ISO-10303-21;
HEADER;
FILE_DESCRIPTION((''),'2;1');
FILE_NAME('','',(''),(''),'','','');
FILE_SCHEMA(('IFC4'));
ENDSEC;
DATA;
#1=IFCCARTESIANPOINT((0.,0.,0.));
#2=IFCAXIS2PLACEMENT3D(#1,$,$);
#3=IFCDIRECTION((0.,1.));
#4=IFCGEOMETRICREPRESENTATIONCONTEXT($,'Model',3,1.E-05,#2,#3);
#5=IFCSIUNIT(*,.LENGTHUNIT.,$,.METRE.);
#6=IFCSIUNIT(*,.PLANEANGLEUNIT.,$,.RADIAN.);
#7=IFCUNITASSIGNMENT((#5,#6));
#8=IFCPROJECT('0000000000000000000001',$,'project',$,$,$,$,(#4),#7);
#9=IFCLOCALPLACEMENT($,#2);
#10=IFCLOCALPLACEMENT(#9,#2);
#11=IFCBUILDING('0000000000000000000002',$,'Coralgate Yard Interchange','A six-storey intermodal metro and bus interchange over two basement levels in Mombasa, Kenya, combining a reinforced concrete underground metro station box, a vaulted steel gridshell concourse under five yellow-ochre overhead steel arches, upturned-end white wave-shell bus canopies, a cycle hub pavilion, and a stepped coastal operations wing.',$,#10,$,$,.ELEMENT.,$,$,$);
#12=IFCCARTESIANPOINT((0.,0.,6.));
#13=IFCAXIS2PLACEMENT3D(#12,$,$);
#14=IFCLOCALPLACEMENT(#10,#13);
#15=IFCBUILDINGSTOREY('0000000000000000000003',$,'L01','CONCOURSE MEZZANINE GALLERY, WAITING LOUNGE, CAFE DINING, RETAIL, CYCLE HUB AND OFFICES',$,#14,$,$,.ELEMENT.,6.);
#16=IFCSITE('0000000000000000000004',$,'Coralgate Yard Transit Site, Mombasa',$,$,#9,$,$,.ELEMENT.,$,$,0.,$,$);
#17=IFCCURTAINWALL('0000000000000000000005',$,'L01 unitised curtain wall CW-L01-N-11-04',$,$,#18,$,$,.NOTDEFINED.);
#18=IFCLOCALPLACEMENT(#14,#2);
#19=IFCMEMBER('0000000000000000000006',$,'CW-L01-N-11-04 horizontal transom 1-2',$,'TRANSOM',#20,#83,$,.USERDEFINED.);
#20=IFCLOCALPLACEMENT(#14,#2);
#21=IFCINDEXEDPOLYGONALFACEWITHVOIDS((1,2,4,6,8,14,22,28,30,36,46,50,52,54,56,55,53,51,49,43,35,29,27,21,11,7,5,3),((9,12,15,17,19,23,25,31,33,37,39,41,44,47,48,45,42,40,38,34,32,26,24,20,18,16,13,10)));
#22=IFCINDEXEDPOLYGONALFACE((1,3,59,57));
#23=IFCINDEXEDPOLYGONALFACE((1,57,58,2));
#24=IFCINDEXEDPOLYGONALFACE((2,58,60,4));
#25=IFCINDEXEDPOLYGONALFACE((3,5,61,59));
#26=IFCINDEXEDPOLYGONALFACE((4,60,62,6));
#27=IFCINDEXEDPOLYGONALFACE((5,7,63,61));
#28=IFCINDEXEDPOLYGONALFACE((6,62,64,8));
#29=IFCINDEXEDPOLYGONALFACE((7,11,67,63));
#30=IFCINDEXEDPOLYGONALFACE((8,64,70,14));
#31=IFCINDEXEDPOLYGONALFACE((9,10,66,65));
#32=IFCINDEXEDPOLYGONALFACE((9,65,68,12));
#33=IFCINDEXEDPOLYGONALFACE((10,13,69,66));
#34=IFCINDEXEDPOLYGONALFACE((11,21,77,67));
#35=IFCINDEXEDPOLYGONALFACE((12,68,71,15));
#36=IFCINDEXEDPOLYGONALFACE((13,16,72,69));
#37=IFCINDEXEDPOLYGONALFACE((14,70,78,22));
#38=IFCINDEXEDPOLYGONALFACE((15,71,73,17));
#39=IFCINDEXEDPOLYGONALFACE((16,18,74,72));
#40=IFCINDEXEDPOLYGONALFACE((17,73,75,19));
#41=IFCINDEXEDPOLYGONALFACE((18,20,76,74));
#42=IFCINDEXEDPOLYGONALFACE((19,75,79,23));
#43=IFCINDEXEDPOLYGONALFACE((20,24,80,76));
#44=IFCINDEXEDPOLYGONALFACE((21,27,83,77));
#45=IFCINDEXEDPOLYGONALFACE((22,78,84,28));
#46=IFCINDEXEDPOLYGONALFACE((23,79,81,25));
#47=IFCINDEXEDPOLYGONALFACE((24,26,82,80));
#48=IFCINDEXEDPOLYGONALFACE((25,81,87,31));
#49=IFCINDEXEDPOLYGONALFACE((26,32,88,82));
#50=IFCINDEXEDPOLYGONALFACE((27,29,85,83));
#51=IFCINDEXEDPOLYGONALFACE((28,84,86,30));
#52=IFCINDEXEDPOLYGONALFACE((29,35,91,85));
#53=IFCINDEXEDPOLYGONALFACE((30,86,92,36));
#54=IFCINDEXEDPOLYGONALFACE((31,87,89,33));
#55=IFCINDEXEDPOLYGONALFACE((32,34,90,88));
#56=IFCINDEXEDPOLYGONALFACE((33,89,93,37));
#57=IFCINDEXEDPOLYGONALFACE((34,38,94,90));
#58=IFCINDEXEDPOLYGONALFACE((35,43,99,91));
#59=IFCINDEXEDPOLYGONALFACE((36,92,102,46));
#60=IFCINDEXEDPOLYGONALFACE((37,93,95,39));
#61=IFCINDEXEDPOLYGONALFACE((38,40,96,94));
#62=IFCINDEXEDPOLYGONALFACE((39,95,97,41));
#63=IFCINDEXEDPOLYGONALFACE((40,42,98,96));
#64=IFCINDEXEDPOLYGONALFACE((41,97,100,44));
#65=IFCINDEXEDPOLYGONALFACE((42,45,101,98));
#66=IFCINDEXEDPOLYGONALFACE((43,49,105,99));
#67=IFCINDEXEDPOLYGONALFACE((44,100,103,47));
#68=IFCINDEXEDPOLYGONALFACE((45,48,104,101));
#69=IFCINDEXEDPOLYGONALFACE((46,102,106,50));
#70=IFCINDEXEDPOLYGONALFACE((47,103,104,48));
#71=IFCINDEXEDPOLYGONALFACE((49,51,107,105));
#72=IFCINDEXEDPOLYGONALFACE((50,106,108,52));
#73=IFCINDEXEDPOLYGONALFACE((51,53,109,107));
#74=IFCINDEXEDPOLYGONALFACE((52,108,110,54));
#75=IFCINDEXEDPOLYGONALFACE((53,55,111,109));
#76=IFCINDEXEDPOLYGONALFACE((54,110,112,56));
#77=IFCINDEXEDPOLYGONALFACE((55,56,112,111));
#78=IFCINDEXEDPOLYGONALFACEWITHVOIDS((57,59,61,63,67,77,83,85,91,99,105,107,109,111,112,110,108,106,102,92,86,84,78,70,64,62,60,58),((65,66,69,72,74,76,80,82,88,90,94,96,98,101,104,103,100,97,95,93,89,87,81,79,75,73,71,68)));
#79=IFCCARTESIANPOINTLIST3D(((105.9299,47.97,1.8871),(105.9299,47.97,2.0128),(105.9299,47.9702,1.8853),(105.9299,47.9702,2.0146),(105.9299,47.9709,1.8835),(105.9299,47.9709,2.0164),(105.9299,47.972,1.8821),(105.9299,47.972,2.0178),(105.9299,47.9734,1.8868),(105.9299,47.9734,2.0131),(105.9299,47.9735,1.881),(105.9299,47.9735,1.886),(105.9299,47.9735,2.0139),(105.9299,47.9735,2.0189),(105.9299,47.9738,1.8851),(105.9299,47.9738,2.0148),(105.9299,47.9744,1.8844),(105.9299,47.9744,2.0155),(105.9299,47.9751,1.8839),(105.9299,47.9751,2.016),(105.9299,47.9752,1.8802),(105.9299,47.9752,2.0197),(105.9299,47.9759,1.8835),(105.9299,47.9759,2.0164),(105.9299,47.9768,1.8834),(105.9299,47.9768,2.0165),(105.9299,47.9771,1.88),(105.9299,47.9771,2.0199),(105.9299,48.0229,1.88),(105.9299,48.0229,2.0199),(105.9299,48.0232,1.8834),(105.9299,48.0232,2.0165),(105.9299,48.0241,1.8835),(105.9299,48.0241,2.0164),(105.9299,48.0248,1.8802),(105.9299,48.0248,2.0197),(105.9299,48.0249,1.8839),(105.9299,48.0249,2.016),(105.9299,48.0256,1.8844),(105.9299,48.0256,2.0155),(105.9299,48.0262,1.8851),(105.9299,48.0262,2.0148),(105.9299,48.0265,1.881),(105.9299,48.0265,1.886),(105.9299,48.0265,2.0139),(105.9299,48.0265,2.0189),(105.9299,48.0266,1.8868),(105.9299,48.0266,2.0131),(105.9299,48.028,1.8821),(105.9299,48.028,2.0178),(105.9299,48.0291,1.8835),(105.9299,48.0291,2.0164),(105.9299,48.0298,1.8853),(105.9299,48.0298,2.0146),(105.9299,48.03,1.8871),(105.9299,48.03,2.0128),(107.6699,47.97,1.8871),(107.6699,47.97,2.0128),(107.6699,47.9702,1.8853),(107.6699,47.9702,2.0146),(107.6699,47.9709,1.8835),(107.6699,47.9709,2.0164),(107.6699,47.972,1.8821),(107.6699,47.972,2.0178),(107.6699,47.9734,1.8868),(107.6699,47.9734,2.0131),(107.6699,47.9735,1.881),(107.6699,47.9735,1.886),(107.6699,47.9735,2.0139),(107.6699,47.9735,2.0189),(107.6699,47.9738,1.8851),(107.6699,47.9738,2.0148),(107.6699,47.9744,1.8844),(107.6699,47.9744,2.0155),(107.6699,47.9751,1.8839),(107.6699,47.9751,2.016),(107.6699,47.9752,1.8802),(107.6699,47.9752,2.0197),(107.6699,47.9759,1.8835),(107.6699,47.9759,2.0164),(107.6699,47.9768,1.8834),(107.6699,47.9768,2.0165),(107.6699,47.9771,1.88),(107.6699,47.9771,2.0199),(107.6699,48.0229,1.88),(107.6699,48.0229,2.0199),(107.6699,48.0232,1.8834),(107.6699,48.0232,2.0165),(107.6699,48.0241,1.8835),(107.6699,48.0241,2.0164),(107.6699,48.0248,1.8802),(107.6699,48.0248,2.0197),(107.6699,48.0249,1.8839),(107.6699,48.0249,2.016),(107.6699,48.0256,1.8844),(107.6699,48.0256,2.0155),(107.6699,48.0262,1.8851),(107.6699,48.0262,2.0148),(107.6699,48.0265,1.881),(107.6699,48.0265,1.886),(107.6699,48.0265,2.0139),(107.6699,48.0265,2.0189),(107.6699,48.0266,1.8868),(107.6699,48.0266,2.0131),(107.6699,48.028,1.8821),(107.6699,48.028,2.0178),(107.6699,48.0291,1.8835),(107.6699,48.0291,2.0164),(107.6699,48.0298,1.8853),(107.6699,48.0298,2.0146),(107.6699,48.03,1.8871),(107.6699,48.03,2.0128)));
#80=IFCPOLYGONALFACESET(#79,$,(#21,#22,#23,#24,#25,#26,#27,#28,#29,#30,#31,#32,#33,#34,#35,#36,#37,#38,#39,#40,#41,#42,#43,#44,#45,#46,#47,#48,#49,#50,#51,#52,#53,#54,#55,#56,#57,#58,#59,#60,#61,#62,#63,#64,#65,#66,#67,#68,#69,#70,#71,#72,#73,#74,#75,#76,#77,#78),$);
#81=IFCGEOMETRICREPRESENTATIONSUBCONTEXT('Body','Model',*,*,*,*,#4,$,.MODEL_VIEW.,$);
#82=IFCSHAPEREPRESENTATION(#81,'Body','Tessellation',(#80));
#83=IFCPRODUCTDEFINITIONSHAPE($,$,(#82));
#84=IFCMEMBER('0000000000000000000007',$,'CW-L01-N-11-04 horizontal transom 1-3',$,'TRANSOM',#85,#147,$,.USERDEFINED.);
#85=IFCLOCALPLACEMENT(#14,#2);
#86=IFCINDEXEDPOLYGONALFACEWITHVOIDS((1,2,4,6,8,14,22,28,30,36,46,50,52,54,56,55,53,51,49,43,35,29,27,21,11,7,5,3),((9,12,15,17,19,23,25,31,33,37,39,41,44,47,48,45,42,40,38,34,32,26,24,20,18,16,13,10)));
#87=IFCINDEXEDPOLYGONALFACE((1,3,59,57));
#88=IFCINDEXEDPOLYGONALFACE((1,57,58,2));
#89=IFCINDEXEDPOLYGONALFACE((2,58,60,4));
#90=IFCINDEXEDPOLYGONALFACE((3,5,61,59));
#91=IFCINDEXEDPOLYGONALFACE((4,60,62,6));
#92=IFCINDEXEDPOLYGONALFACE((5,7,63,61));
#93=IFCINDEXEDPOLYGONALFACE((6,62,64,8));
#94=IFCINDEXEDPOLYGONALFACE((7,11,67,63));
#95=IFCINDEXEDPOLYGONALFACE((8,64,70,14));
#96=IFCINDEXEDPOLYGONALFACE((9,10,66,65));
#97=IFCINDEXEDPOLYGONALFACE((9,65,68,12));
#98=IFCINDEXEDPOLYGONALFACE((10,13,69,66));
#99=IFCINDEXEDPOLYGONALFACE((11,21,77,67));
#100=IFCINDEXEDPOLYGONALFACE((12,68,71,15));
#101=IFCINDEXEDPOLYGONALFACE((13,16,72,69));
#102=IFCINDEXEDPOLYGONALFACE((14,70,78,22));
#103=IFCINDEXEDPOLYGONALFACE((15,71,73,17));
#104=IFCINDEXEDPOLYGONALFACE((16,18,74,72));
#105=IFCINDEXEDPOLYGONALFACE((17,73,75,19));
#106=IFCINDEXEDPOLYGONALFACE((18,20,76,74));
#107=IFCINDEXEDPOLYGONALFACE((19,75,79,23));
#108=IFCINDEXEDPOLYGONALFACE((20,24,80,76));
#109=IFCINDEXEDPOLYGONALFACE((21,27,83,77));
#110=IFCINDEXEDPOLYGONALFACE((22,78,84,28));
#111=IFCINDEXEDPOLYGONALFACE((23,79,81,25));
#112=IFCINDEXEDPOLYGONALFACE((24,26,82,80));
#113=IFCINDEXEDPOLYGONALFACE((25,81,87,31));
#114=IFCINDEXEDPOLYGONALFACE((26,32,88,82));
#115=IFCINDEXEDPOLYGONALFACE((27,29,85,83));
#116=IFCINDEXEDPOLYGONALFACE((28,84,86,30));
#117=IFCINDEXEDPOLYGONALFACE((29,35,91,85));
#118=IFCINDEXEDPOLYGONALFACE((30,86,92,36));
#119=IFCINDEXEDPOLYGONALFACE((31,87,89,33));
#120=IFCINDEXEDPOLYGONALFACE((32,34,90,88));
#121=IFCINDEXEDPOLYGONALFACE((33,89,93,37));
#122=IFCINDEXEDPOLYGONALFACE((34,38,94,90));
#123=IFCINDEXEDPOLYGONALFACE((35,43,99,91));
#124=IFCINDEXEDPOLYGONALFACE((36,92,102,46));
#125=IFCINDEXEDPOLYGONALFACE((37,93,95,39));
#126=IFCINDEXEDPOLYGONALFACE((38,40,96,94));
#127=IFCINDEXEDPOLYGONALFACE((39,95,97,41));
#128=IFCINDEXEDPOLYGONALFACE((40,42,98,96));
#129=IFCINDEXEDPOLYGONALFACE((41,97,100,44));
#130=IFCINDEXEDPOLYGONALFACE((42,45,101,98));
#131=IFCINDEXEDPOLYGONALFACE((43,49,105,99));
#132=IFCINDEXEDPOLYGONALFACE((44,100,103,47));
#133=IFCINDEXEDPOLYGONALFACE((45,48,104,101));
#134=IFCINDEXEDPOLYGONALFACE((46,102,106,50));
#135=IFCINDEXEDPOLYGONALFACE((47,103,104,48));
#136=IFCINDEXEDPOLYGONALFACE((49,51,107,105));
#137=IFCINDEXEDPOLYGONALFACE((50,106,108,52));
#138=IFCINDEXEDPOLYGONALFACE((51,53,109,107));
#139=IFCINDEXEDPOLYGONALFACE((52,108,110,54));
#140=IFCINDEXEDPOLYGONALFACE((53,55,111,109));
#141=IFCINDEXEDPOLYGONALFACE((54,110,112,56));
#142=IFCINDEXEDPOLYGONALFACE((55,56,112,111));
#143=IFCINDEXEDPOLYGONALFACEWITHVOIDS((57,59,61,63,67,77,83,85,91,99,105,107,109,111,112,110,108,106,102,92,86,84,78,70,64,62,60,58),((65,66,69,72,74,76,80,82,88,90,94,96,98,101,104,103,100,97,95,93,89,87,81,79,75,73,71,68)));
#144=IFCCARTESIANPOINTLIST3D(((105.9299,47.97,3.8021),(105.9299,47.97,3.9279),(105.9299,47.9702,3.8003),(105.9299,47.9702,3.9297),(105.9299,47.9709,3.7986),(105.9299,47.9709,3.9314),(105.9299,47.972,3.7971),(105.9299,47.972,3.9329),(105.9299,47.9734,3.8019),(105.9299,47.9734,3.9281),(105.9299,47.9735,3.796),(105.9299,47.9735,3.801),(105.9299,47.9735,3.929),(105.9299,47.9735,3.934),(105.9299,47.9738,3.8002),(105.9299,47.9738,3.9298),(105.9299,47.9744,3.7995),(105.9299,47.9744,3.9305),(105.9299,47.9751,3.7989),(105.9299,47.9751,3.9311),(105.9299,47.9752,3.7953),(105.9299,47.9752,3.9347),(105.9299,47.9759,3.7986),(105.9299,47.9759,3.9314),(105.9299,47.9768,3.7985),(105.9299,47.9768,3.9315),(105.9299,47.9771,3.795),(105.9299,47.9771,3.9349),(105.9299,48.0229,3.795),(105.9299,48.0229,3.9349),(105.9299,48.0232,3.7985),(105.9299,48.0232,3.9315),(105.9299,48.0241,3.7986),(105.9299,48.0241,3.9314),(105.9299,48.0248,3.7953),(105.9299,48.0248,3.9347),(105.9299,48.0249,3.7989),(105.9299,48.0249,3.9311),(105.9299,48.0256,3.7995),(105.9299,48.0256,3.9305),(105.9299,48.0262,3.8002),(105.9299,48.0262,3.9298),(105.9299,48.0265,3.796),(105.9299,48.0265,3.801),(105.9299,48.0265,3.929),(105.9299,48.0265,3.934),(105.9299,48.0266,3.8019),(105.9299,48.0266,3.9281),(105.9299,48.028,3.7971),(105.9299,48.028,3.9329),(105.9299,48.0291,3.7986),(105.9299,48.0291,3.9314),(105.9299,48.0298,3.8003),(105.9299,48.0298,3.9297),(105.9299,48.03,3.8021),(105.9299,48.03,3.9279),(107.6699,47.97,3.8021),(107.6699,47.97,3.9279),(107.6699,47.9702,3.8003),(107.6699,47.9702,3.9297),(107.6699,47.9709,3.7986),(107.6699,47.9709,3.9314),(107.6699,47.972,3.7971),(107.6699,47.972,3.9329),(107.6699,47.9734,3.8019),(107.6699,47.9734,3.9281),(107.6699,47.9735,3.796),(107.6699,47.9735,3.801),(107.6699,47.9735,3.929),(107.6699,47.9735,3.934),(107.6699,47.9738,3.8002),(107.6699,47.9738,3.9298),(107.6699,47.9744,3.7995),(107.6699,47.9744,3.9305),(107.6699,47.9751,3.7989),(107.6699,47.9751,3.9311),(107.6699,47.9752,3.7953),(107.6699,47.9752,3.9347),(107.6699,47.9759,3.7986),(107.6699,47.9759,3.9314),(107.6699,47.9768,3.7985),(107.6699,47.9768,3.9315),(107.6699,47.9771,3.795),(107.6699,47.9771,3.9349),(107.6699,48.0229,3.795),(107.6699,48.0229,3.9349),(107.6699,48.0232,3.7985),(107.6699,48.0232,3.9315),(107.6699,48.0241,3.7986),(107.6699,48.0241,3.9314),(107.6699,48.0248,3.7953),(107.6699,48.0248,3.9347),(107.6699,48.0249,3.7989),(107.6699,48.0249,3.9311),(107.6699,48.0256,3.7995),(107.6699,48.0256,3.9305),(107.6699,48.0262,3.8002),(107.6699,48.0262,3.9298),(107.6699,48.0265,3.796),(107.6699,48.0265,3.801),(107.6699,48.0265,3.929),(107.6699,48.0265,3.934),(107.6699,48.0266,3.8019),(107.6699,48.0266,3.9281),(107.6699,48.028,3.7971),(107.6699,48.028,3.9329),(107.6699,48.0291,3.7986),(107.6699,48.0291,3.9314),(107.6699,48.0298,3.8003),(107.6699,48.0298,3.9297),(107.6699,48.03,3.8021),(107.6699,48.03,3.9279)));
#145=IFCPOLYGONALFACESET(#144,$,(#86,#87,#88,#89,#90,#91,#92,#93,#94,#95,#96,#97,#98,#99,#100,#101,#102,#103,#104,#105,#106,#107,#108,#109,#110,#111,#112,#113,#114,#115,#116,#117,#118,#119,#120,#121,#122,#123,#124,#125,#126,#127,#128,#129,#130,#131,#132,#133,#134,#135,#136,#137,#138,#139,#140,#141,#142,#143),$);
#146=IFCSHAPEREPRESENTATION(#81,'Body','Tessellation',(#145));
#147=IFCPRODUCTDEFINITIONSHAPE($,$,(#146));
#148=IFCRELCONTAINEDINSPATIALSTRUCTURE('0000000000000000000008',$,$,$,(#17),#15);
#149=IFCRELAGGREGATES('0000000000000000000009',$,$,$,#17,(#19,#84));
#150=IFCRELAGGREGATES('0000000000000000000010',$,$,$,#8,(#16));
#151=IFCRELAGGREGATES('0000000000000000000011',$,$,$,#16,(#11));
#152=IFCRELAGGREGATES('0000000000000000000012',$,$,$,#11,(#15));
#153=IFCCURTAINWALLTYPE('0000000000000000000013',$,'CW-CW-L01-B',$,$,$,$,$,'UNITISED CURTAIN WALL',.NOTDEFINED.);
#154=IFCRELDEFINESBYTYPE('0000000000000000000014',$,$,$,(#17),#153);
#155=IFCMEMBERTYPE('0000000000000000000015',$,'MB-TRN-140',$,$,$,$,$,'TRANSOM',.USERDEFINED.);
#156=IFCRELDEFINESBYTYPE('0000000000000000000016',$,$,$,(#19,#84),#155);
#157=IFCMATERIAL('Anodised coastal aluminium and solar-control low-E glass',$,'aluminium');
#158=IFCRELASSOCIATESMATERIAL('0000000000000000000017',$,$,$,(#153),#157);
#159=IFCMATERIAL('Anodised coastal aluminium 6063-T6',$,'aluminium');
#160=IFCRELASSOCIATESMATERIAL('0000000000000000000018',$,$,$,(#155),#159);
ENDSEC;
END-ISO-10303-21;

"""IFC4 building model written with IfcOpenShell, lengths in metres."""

from ifc_helpers import new_model, si_unit, direction, frame, origin, origin_2d, place, context, subcontext, project, spatial, hollow_rectangle, extrude, material, material_profile, profile_set, type_object, element, aggregate, save


model = new_model("IFC4")

# Units and contexts
model_context = context("Model", 3, precision=1e-05, world=origin(), true_north=direction((0.0, 1.0)))
body_context = subcontext(model_context, "Body", "Model", "MODEL_VIEW")
ifc_project = project(units=[si_unit("LENGTHUNIT", "METRE"), si_unit("PLANEANGLEUNIT", "RADIAN")], contexts=[model_context])

# Site, building, storey
site_placement = place(None, origin())
site = spatial("IfcSite", under=ifc_project, at=site_placement, Name="Coralgate Yard Transit Site, Mombasa", CompositionType="ELEMENT", RefElevation=0.0)
building_placement = place(site_placement, origin())
building = spatial("IfcBuilding", under=site, at=building_placement, Name="Coralgate Yard Interchange", Description="A six-storey intermodal metro and bus interchange over two basement levels in Mombasa, Kenya, combining a reinforced concrete underground metro station box, a vaulted steel gridshell concourse under five yellow-ochre overhead steel arches, upturned-end white wave-shell bus canopies, a cycle hub pavilion, and a stepped coastal operations wing.", CompositionType="ELEMENT")
storey_placement = place(building_placement, frame((0.0, 0.0, 6.0)))
storey = spatial("IfcBuildingStorey", under=building, at=storey_placement, Name="L01", Description="CONCOURSE MEZZANINE GALLERY, WAITING LOUNGE, CAFE DINING, RETAIL, CYCLE HUB AND OFFICES", CompositionType="ELEMENT", Elevation=6.0)

# Curtain wall
ifc_material_1 = material(Name="Anodised coastal aluminium and solar-control low-E glass", Category="aluminium")
curtain_wall_type = type_object("IfcCurtainWallType", Name="CW-CW-L01-B", ElementType="UNITISED CURTAIN WALL", PredefinedType="NOTDEFINED", material=ifc_material_1)
ifc_material_2 = material(Name="Anodised coastal aluminium 6063-T6", Category="aluminium")
curtain_wall_1_placement = place(storey_placement, origin())
curtain_wall_1 = element("IfcCurtainWall", 1, at=curtain_wall_1_placement, inside=storey, type_object=curtain_wall_type, Name="L01 unitised curtain wall CW-L01-N-11-04", PredefinedType="NOTDEFINED")

# Members
ifc_material_profile_1 = material_profile(ifc_material_2, hollow_rectangle(XDim=0.0601, YDim=0.1399, WallThickness=0.0034, InnerFilletRadius=0.0034, OuterFilletRadius=0.0071, at=origin_2d()), Name="ALU 60x140x3.5")
ifc_profile_set_1 = profile_set([ifc_material_profile_1], Name="Anodised coastal aluminium 6063-T6")
member_type_1 = type_object("IfcMemberType", Name="MB-TRN-140", ElementType="TRANSOM", PredefinedType="USERDEFINED", material=ifc_profile_set_1)
member_1_placement = place(storey_placement, frame((105.9299, 48.0, 1.95), z_axis=(1.0, 0.0, 0.0), x_axis=(0.0, 1.0, 0.0)))
member_1 = element("IfcMember", 2, at=member_1_placement, type_object=member_type_1, Name="CW-L01-N-11-04 horizontal transom 1-2", ObjectType="TRANSOM", PredefinedType="USERDEFINED", context=body_context, shape_type="SweptSolid", body=[
    extrude(hollow_rectangle(XDim=0.0601, YDim=0.1399, WallThickness=0.0034, InnerFilletRadius=0.0034, OuterFilletRadius=0.0071, at=origin_2d()), origin(), (0.0, 0.0, 1.0), 1.74),
])
member_2_placement = place(storey_placement, frame((105.9299, 48.0, 3.865), z_axis=(1.0, 0.0, 0.0), x_axis=(0.0, 1.0, 0.0)))
member_2 = element("IfcMember", 3, at=member_2_placement, type_object=member_type_1, Name="CW-L01-N-11-04 horizontal transom 1-3", ObjectType="TRANSOM", PredefinedType="USERDEFINED", context=body_context, shape_type="SweptSolid", body=[
    extrude(hollow_rectangle(XDim=0.0601, YDim=0.1399, WallThickness=0.0034, InnerFilletRadius=0.0034, OuterFilletRadius=0.0071, at=origin_2d()), origin(), (0.0, 0.0, 1.0), 1.74),
])

aggregate(curtain_wall_1, [member_1, member_2])

save(model, "model.ifc")
